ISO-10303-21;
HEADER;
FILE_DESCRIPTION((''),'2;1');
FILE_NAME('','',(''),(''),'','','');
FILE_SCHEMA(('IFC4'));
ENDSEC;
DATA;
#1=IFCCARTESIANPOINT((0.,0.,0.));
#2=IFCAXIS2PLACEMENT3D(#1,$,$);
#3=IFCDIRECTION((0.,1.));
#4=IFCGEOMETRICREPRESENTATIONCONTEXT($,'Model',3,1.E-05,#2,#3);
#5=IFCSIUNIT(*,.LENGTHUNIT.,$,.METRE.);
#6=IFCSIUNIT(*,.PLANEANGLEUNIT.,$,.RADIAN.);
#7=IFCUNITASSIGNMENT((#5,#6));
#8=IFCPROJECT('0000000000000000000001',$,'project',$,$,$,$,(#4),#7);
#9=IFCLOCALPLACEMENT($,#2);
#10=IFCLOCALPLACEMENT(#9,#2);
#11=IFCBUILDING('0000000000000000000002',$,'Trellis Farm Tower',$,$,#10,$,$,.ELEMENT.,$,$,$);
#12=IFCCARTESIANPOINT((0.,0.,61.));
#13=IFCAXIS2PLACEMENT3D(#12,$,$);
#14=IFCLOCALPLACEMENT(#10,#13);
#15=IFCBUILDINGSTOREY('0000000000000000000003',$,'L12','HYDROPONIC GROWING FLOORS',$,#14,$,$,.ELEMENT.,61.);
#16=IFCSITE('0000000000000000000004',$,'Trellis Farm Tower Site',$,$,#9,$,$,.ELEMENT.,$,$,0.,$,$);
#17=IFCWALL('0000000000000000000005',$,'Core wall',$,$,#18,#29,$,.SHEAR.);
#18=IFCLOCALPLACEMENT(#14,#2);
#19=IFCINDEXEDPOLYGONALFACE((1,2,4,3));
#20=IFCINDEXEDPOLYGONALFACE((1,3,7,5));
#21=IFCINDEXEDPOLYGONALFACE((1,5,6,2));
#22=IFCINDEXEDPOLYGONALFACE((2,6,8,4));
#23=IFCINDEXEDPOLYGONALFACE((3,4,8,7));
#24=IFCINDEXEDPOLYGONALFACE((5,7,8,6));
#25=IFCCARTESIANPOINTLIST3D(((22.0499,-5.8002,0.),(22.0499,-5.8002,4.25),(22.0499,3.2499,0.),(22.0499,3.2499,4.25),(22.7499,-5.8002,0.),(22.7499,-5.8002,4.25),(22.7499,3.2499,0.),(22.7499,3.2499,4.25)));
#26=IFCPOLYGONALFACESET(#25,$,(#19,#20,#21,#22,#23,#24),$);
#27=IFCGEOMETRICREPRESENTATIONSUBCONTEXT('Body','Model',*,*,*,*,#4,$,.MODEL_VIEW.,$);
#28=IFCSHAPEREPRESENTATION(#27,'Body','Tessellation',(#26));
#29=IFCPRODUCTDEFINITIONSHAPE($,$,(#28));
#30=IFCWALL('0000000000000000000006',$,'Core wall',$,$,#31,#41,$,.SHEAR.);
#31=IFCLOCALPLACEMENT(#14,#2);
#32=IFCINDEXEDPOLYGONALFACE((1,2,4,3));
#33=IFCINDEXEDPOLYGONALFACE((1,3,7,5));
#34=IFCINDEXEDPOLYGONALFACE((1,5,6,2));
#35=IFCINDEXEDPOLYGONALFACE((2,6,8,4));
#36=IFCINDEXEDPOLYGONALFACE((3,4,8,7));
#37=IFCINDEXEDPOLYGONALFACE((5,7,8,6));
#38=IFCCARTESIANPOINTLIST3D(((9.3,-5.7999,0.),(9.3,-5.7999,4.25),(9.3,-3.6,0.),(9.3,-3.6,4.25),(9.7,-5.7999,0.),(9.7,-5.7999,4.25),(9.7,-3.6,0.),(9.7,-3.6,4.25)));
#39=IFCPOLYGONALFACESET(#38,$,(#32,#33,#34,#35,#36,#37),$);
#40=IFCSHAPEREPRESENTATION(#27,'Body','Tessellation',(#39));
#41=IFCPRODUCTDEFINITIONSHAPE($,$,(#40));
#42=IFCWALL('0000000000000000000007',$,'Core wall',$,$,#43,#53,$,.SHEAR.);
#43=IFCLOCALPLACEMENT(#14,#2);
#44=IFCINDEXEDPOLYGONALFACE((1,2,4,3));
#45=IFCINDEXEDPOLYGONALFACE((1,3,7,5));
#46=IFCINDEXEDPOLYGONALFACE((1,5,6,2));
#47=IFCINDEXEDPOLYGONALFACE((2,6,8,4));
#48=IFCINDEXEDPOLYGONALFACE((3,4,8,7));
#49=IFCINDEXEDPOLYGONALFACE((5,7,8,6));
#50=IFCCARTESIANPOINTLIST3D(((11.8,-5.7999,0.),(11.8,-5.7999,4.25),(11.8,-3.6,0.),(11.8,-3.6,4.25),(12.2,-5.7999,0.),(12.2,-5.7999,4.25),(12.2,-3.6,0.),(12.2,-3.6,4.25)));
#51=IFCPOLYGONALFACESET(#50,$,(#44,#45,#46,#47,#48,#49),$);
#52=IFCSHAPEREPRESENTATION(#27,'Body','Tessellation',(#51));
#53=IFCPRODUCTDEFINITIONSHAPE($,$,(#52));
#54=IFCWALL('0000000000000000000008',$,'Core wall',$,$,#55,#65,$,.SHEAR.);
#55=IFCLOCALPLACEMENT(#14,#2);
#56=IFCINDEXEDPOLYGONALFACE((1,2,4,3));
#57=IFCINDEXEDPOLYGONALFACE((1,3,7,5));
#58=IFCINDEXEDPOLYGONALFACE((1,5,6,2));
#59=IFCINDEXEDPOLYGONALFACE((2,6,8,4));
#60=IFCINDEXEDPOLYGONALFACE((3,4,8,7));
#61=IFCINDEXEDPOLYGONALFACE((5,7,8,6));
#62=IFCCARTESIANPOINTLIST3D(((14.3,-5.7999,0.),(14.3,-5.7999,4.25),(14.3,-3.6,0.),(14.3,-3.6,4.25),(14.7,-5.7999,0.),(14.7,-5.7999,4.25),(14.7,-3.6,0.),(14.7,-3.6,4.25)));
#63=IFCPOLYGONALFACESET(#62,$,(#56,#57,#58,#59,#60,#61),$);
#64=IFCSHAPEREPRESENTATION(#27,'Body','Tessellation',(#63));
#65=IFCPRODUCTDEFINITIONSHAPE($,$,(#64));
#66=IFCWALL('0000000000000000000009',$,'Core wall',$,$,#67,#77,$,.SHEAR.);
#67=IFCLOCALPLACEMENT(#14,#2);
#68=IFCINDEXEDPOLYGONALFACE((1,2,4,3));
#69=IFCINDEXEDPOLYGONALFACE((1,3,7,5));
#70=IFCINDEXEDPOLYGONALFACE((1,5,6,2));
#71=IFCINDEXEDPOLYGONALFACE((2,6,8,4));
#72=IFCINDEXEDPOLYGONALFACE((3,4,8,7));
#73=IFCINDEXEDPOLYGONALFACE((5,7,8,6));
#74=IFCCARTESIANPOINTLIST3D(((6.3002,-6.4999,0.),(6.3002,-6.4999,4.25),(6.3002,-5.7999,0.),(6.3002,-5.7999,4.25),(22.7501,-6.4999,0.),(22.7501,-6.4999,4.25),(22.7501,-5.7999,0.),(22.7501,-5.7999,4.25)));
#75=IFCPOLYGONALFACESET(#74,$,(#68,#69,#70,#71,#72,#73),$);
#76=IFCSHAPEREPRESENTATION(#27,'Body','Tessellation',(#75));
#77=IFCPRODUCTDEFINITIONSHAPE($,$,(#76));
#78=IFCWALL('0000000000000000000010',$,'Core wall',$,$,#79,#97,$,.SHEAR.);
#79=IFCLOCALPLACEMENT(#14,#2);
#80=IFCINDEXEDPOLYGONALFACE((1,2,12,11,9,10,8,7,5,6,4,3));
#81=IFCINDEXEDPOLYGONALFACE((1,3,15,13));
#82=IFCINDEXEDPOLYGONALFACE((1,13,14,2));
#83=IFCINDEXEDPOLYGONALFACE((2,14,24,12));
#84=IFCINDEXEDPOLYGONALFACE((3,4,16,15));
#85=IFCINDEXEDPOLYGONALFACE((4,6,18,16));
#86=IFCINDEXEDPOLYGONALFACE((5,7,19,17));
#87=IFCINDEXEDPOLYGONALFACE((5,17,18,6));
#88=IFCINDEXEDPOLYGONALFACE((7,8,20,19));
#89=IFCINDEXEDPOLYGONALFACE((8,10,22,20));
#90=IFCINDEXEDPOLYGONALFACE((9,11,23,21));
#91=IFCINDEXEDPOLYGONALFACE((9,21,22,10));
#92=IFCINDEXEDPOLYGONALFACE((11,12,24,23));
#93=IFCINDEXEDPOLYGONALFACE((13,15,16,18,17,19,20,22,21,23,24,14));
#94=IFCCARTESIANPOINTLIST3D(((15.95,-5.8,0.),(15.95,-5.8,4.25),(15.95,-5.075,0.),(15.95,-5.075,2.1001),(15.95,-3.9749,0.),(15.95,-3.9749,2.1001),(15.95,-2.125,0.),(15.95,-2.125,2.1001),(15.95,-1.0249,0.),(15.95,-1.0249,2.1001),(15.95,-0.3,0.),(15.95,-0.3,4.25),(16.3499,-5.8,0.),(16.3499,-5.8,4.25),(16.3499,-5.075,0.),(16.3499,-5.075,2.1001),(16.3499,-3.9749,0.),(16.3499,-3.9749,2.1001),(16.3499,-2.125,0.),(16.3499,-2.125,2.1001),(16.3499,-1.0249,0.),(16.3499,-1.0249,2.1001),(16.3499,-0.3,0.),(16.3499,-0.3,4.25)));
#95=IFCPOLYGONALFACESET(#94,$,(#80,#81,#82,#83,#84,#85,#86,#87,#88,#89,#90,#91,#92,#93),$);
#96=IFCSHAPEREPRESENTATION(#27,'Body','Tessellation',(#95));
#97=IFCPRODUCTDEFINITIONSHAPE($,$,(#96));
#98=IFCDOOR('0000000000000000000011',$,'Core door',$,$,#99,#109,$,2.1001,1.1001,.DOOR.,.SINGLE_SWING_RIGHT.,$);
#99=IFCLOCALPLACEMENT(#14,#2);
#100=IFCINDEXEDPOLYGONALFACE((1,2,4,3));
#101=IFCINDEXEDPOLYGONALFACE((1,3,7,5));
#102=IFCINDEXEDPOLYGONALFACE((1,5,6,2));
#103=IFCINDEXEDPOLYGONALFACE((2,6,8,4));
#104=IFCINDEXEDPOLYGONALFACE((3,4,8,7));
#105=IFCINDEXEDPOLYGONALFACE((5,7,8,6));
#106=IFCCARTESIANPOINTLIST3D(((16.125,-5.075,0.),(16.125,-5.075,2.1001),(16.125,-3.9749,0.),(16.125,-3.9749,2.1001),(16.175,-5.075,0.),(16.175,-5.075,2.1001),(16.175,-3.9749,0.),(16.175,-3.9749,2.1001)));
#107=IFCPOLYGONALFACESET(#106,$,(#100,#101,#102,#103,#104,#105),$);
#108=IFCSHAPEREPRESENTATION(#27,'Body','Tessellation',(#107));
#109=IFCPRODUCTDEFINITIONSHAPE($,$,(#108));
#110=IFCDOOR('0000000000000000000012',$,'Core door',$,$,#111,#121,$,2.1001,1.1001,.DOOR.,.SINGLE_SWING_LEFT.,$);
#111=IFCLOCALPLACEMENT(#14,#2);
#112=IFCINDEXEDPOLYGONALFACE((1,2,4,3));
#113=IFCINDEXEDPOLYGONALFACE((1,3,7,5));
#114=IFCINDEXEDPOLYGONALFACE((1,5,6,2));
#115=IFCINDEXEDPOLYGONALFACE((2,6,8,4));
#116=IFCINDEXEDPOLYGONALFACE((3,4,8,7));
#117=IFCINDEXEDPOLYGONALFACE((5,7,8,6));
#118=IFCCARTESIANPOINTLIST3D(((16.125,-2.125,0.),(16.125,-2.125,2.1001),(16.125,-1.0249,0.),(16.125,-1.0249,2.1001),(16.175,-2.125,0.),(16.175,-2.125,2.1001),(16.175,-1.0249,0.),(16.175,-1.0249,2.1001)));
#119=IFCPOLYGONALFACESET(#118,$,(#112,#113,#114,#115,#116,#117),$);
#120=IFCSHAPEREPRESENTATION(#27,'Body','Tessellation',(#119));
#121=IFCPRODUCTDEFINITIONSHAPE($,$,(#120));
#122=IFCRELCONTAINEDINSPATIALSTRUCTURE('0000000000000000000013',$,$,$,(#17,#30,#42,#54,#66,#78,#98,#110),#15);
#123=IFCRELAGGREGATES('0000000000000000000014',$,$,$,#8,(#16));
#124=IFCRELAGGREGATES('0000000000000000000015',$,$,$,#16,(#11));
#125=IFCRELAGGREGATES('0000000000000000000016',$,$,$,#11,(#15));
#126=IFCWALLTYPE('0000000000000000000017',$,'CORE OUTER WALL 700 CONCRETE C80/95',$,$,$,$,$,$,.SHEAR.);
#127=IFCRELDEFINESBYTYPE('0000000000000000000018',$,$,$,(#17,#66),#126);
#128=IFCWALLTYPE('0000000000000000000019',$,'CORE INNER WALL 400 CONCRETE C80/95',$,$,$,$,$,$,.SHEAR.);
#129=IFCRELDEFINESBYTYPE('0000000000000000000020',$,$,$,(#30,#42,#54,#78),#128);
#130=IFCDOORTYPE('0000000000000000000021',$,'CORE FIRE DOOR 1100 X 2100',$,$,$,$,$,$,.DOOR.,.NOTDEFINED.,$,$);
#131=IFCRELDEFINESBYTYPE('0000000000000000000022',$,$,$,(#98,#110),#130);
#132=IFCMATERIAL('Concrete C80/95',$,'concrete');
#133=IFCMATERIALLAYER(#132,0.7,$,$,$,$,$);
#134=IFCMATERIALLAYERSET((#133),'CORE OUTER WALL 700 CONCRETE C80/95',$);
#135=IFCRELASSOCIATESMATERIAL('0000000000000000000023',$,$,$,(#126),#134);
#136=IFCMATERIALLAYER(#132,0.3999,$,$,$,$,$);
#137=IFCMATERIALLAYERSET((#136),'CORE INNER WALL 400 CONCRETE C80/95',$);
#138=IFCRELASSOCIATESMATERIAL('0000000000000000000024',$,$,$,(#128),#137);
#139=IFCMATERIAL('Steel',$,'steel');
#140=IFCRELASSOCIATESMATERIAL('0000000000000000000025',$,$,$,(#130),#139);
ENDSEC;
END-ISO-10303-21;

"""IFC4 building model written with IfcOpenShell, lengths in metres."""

from ifc_helpers import new_model, si_unit, direction, frame, frame_2d, origin, place, context, subcontext, project, spatial, rectangle, extrude, source, transform, mapped, material, layer, layer_set, type_object, element, fill, save


model = new_model("IFC4")

# Units and contexts
model_context = context("Model", 3, precision=1e-05, world=origin(), true_north=direction((0.0, 1.0)))
body_context = subcontext(model_context, "Body", "Model", "MODEL_VIEW")
ifc_project = project(units=[si_unit("LENGTHUNIT", "METRE"), si_unit("PLANEANGLEUNIT", "RADIAN")], contexts=[model_context])

# Site, building, storey
site_placement = place(None, origin())
site = spatial("IfcSite", under=ifc_project, at=site_placement, Name="Trellis Farm Tower Site", CompositionType="ELEMENT", RefElevation=0.0)
building_placement = place(site_placement, origin())
building = spatial("IfcBuilding", under=site, at=building_placement, Name="Trellis Farm Tower", CompositionType="ELEMENT")
storey_placement = place(building_placement, frame((0.0, 0.0, 61.0)))
storey = spatial("IfcBuildingStorey", under=building, at=storey_placement, Name="L12", Description="HYDROPONIC GROWING FLOORS", CompositionType="ELEMENT", Elevation=61.0)

# Shared definitions
ifc_material_1 = material(Name="Concrete C80/95", Category="concrete")

# Shared definitions
ifc_layer_1 = layer(ifc_material_1, 0.7)
ifc_layer_set_1 = layer_set([ifc_layer_1], Name="CORE OUTER WALL 700 CONCRETE C80/95")
wall_type_1 = type_object("IfcWallType", Name="CORE OUTER WALL 700 CONCRETE C80/95", PredefinedType="SHEAR", material=ifc_layer_set_1)
shared_shape_1 = source(origin(), body_context, "Body", "SweptSolid", [
    extrude(rectangle(XDim=9.05, YDim=0.7, at=frame_2d((4.5249, 0.0))), origin(), (0.0, 0.0, 1.0), 4.25),
])
ifc_material_2 = material(Name="Steel", Category="steel")

# Walls
wall_1_placement = place(storey_placement, frame((22.3999, -5.8, 0.0), z_axis=(0.0, 0.0, 1.0), x_axis=(0.0, 1.0, 0.0)))
element("IfcWall", 1, at=wall_1_placement, inside=storey, type_object=wall_type_1, Name="Core wall", PredefinedType="SHEAR", context=body_context, shape_type="MappedRepresentation", body=[
    mapped(shared_shape_1, transform((0.0, 0.0, 0.0))),
])
ifc_layer_2 = layer(ifc_material_1, 0.3999)
ifc_layer_set_2 = layer_set([ifc_layer_2], Name="CORE INNER WALL 400 CONCRETE C80/95")
wall_type_2 = type_object("IfcWallType", Name="CORE INNER WALL 400 CONCRETE C80/95", PredefinedType="SHEAR", material=ifc_layer_set_2)
shared_shape_2 = source(origin(), body_context, "Body", "SweptSolid", [
    extrude(rectangle(XDim=2.2, YDim=0.3999, at=frame_2d((1.1001, 0.0))), origin(), (0.0, 0.0, 1.0), 4.25),
])
for number, where, z_axis, x_axis, name in (
    (2, (9.5, -5.8, 0.0), (0.0, 0.0, 1.0), (0.0, 1.0, 0.0), "Core wall"),
    (3, (12.0, -5.8, 0.0), (0.0, 0.0, 1.0), (0.0, 1.0, 0.0), "Core wall"),
    (4, (14.5, -5.8, 0.0), (0.0, 0.0, 1.0), (0.0, 1.0, 0.0), "Core wall"),
):
    element("IfcWall", number, at=place(storey_placement, frame(where, z_axis=z_axis, x_axis=x_axis)), inside=storey, type_object=wall_type_2, Name=name, PredefinedType="SHEAR", context=body_context, shape_type="MappedRepresentation", body=[
        mapped(shared_shape_2, transform((0.0, 0.0, 0.0))),
    ])
shared_shape_3 = source(origin(), body_context, "Body", "SweptSolid", [
    extrude(rectangle(XDim=16.45, YDim=0.7, at=frame_2d((8.2251, 0.0))), origin(), (0.0, 0.0, 1.0), 4.25),
])
wall_2_placement = place(storey_placement, frame((6.3, -6.1499, 0.0), z_axis=(0.0, 0.0, 1.0), x_axis=(1.0, 0.0, 0.0)))
element("IfcWall", 5, at=wall_2_placement, inside=storey, type_object=wall_type_1, Name="Core wall", PredefinedType="SHEAR", context=body_context, shape_type="MappedRepresentation", body=[
    mapped(shared_shape_3, transform((0.0, 0.0, 0.0))),
])

# Wall, openings, doors
shared_shape_4 = source(origin(), body_context, "Body", "SweptSolid", [
    extrude(rectangle(XDim=5.5, YDim=0.3999, at=frame_2d((2.75, 0.0))), origin(), (0.0, 0.0, 1.0), 4.25),
])
wall_3_placement = place(storey_placement, frame((16.1499, -5.8, 0.0), z_axis=(0.0, 0.0, 1.0), x_axis=(0.0, 1.0, 0.0)))
wall_3 = element("IfcWall", 6, at=wall_3_placement, inside=storey, type_object=wall_type_2, Name="Core wall", PredefinedType="SHEAR", context=body_context, shape_type="MappedRepresentation", body=[
    mapped(shared_shape_4, transform((0.0, 0.0, 0.0))),
])
shared_shape_5 = source(origin(), body_context, "Body", "SweptSolid", [
    extrude(rectangle(XDim=1.1001, YDim=2.1001, at=frame_2d((0.55, 1.05))), frame((0.0, 0.21, 0.0), z_axis=(0.0, -1.0, 0.0), x_axis=(1.0, 0.0, 0.0)), (0.0, 0.0, 1.0), 0.4199),
])
opening_1_placement = place(wall_3_placement, frame((0.7251, 0.0, 0.0)))
opening_1 = element("IfcOpeningElement", 7, at=opening_1_placement, cuts=wall_3, PredefinedType="OPENING", context=body_context, shape_type="MappedRepresentation", body=[
    mapped(shared_shape_5, transform((0.0, 0.0, 0.0))),
])
opening_2_placement = place(wall_3_placement, frame((3.675, 0.0, 0.0)))
opening_2 = element("IfcOpeningElement", 8, at=opening_2_placement, cuts=wall_3, PredefinedType="OPENING", context=body_context, shape_type="MappedRepresentation", body=[
    mapped(shared_shape_5, transform((0.0, 0.0, 0.0))),
])
door_type_1 = type_object("IfcDoorType", Name="CORE FIRE DOOR 1100 X 2100", OperationType="NOTDEFINED", PredefinedType="DOOR", material=ifc_material_2)
shared_shape_6 = source(origin(), body_context, "Body", "SweptSolid", [
    extrude(rectangle(XDim=1.1001, YDim=2.1001, at=frame_2d((0.55, 1.05))), frame((0.0, 0.0249, 0.0), z_axis=(0.0, -1.0, 0.0), x_axis=(1.0, 0.0, 0.0)), (0.0, 0.0, 1.0), 0.05),
])
door_1_placement = place(opening_1_placement, origin())
door_1 = element("IfcDoor", 9, at=door_1_placement, inside=storey, type_object=door_type_1, Name="Core door", OperationType="SINGLE_SWING_RIGHT", OverallHeight=2.1001, OverallWidth=1.1001, PredefinedType="DOOR", context=body_context, shape_type="MappedRepresentation", body=[
    mapped(shared_shape_6, transform((0.0, 0.0, 0.0))),
])
fill(opening_1, door_1)
door_2_placement = place(opening_2_placement, origin())
door_2 = element("IfcDoor", 10, at=door_2_placement, inside=storey, type_object=door_type_1, Name="Core door", OperationType="SINGLE_SWING_LEFT", OverallHeight=2.1001, OverallWidth=1.1001, PredefinedType="DOOR", context=body_context, shape_type="MappedRepresentation", body=[
    mapped(shared_shape_6, transform((0.0, 0.0, 0.0))),
])
fill(opening_2, door_2)

save(model, "model.ifc")
